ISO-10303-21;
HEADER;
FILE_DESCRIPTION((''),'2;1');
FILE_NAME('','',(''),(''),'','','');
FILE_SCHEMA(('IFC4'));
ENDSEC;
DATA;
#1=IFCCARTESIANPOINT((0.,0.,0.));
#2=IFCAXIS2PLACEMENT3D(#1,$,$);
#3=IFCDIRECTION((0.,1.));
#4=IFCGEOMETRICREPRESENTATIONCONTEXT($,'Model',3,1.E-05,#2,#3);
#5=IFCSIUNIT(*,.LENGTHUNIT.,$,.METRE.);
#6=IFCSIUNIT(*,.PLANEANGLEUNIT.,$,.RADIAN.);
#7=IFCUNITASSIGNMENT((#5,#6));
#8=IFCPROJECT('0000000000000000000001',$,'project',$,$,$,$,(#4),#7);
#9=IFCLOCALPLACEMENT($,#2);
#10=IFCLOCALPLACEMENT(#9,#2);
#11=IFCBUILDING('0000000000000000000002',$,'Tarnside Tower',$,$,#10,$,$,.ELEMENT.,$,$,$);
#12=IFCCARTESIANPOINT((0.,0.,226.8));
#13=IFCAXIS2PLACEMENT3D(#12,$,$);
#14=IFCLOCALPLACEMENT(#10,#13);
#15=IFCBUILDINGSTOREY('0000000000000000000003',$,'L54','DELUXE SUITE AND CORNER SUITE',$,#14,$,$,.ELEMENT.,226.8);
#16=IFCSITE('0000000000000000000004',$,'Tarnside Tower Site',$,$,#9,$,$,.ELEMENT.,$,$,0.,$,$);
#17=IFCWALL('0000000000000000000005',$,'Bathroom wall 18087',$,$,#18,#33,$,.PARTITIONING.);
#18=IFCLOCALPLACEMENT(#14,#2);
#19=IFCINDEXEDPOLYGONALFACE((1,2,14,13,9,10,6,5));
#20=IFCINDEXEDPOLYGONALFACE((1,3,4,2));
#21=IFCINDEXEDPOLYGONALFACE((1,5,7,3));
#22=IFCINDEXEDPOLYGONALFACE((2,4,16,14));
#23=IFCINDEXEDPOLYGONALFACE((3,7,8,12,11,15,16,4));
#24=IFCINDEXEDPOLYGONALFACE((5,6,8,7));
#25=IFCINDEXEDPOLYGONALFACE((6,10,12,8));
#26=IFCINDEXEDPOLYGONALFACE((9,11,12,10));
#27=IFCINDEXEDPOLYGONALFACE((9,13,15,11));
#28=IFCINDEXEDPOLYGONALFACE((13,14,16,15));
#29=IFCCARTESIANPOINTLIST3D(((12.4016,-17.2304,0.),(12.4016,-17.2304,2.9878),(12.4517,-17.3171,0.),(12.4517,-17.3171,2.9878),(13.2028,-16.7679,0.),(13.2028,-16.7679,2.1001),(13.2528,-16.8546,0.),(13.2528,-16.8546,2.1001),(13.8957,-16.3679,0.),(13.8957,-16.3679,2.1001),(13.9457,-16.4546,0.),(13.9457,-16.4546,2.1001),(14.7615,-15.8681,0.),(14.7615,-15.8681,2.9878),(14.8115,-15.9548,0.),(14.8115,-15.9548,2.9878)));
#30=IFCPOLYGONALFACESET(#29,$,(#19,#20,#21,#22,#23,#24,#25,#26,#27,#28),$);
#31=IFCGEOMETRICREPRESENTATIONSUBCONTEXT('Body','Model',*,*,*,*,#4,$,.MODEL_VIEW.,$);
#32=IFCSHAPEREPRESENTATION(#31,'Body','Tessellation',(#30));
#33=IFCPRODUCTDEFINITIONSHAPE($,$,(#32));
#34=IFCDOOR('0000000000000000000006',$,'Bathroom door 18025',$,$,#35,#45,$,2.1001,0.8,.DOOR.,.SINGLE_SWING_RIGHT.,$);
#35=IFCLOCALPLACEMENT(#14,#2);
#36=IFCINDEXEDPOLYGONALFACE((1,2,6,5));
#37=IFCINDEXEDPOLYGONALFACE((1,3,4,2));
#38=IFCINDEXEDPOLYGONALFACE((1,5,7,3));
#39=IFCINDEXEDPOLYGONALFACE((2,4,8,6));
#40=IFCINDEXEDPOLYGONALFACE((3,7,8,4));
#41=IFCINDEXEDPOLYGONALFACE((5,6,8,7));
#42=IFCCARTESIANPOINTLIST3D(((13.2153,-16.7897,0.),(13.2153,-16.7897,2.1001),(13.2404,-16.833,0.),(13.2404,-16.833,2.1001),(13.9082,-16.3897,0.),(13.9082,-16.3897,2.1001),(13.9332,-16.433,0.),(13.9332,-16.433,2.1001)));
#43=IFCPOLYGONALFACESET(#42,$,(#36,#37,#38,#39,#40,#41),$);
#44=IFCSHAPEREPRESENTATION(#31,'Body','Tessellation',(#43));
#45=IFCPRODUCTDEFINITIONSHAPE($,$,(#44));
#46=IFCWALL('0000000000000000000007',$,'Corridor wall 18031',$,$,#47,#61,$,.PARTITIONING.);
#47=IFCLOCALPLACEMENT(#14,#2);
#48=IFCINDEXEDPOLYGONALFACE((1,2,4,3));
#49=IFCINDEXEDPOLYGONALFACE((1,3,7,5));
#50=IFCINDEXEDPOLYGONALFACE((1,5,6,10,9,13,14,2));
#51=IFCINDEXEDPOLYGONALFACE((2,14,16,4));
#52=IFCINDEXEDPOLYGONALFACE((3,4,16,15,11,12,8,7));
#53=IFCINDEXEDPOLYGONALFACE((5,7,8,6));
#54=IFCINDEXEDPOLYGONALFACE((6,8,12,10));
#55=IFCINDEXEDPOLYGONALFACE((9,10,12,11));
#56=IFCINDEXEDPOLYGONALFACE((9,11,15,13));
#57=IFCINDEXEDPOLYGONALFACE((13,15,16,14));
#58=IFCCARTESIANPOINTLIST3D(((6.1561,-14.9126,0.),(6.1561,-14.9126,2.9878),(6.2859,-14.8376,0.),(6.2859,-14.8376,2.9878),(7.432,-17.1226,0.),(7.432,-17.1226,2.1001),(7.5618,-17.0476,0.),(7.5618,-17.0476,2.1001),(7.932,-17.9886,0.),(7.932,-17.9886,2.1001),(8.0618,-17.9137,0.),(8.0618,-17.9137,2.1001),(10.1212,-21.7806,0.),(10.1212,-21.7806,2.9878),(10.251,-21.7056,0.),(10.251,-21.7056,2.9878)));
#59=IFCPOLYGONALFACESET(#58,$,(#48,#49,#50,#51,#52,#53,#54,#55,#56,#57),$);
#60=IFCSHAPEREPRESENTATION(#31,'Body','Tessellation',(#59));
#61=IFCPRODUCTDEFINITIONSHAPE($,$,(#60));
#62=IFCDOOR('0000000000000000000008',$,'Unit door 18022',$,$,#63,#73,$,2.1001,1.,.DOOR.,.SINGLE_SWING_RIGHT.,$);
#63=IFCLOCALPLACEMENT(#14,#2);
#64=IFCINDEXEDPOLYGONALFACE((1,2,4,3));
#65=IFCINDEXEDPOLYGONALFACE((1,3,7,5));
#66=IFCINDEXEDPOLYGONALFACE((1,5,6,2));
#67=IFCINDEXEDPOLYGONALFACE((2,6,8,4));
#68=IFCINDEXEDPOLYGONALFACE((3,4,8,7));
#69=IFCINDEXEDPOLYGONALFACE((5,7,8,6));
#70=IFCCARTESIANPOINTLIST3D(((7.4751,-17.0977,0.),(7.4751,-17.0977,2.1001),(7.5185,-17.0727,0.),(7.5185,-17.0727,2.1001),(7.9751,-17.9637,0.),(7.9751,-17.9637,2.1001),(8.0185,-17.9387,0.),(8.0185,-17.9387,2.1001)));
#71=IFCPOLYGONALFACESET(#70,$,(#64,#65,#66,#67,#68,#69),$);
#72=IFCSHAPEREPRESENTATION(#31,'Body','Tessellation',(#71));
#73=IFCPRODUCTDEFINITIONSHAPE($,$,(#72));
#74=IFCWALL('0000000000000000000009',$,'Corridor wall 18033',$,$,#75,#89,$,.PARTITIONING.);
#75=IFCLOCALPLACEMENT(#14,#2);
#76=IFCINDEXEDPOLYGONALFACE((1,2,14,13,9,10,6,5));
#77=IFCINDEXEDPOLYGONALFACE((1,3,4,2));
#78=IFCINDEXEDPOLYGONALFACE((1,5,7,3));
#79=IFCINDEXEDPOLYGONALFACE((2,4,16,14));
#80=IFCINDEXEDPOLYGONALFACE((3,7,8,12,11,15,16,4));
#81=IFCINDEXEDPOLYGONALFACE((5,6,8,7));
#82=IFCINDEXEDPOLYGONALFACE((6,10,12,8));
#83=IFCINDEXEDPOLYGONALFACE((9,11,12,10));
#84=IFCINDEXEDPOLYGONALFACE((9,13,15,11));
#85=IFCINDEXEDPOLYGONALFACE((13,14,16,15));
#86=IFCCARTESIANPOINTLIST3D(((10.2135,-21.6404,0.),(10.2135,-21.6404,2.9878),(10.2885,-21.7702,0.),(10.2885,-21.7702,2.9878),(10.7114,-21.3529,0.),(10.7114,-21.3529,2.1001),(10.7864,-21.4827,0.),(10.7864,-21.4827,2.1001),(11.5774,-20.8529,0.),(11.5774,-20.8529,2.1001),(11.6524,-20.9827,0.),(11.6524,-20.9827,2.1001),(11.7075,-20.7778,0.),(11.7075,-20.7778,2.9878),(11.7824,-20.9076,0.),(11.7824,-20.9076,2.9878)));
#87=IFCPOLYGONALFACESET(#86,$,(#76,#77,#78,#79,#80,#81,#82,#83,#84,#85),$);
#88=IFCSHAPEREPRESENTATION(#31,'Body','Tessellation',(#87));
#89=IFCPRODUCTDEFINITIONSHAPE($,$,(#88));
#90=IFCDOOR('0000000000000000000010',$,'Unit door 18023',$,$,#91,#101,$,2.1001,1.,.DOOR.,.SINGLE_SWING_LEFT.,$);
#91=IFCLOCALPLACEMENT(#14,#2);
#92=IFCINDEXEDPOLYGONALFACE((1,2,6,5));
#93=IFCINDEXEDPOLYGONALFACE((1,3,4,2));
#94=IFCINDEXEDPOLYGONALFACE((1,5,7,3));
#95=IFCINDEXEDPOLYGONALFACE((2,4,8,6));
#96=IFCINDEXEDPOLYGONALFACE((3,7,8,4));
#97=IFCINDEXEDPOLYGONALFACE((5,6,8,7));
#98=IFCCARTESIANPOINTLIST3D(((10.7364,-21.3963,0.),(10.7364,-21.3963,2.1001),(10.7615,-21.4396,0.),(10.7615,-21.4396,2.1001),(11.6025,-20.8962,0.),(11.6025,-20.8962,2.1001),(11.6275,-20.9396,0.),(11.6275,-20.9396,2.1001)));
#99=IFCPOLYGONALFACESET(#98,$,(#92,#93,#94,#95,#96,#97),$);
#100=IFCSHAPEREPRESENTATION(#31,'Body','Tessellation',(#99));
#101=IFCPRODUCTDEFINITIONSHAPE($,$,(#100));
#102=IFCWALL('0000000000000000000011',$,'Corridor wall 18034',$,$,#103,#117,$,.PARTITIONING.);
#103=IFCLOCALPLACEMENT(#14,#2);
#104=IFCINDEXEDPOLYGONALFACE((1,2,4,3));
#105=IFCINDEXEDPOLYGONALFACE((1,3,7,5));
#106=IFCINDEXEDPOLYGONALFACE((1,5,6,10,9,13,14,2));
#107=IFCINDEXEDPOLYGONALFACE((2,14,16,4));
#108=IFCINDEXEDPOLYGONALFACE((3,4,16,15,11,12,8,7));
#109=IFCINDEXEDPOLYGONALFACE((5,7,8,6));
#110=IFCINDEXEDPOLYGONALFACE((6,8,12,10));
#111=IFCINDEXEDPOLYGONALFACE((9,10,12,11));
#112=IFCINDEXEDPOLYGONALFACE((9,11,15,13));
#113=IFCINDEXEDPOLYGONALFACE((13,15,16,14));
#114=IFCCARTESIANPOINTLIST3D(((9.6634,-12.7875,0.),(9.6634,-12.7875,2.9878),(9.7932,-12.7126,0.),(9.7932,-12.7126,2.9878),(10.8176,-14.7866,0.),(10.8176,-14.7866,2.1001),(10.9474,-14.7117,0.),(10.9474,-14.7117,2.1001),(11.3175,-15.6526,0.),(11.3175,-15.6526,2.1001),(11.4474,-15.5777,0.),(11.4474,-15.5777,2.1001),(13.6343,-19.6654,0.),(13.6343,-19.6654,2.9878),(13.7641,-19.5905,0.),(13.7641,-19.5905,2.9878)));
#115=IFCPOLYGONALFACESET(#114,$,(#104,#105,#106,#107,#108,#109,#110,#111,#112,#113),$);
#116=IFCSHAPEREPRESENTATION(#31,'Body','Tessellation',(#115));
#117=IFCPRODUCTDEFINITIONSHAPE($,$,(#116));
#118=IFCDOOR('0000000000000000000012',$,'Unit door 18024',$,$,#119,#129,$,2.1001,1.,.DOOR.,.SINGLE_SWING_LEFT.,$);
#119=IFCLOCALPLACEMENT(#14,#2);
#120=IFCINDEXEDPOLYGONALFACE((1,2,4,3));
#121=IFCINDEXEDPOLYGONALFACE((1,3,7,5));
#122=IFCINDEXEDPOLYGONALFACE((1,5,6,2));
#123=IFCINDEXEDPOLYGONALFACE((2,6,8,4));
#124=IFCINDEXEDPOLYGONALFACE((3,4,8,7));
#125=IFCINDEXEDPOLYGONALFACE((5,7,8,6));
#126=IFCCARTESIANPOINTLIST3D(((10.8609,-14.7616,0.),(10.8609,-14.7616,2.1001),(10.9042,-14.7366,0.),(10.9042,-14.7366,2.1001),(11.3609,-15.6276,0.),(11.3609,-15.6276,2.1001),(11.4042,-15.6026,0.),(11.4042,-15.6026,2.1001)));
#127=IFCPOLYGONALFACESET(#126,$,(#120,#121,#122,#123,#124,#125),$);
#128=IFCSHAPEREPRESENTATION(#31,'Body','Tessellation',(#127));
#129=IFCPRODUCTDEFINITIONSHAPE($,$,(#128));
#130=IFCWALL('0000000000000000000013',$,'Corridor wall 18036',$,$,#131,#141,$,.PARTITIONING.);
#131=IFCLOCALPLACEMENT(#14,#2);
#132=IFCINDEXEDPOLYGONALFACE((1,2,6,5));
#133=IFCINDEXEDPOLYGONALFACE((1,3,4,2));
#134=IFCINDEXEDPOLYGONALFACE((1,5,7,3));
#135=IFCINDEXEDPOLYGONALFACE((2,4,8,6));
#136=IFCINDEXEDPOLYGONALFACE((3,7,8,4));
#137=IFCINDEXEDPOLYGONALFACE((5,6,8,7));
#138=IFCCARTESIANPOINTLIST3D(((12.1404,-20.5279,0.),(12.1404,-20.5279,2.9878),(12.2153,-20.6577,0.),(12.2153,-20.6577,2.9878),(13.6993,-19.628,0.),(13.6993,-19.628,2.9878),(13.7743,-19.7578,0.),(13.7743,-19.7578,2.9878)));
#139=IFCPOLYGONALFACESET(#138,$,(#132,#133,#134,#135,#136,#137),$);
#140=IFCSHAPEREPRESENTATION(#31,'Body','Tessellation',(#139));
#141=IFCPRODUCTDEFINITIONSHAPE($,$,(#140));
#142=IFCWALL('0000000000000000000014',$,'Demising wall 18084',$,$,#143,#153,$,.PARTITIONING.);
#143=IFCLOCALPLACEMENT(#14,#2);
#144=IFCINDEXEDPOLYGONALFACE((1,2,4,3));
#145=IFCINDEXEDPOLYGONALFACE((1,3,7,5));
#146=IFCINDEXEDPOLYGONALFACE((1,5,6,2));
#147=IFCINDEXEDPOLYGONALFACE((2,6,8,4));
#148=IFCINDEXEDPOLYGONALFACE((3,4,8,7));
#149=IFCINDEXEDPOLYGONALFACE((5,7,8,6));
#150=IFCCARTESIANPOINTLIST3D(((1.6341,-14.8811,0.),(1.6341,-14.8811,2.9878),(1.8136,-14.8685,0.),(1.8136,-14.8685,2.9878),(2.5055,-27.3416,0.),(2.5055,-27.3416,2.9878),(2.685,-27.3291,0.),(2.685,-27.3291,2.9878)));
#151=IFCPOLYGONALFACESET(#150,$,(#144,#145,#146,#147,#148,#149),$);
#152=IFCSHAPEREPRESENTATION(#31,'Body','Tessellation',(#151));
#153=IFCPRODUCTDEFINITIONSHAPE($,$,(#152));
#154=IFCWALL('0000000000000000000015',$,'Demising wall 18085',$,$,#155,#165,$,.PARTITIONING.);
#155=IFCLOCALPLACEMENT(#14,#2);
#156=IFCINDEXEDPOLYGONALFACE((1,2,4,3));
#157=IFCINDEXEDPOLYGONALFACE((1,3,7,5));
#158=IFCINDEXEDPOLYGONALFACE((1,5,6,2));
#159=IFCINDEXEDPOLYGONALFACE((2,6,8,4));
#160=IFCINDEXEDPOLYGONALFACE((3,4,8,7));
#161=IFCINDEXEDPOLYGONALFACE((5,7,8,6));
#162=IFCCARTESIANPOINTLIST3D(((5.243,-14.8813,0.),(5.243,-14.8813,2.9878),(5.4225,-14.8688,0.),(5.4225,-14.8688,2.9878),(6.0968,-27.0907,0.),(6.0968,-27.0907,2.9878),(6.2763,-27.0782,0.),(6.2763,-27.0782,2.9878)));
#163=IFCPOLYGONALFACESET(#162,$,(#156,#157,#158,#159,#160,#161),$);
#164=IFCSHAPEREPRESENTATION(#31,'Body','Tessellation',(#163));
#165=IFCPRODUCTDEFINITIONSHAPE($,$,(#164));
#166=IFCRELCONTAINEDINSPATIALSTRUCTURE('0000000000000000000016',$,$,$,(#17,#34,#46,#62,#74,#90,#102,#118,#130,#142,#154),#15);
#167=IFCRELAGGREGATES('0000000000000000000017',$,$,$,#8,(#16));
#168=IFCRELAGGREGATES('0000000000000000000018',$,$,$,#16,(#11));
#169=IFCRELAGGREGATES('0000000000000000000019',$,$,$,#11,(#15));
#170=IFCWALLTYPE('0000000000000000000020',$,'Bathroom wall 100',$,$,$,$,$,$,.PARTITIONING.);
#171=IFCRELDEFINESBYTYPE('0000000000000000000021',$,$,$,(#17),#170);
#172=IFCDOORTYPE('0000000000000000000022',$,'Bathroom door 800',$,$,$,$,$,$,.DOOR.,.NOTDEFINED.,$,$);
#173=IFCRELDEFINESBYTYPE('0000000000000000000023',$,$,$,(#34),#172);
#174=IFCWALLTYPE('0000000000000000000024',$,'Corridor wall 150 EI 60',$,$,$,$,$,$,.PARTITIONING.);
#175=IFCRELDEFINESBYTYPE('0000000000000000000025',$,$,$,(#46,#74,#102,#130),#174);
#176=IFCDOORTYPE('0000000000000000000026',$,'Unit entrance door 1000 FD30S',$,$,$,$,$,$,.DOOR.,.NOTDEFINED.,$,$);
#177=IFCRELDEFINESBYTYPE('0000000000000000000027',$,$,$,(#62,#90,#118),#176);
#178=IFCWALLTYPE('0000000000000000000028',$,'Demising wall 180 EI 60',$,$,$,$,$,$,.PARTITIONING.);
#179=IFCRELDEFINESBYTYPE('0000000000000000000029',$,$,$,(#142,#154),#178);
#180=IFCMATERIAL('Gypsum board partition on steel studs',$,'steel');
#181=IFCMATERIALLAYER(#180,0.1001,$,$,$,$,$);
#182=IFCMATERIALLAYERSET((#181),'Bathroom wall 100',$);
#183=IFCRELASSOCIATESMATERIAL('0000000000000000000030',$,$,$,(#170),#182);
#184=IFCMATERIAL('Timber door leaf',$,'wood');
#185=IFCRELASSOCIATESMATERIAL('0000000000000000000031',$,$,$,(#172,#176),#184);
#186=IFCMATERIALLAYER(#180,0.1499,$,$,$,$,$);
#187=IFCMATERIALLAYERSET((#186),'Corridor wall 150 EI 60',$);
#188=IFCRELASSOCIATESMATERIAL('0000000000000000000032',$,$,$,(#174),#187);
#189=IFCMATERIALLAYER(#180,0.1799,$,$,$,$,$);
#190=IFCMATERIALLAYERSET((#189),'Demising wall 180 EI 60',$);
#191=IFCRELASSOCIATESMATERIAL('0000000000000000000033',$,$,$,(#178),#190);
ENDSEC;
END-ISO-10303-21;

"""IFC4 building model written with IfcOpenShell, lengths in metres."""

from ifc_helpers import new_model, si_unit, direction, frame, frame_2d, origin, place, context, subcontext, project, spatial, rectangle, extrude, material, layer, layer_set, type_object, element, fill, save


model = new_model("IFC4")

# Units and contexts
model_context = context("Model", 3, precision=1e-05, world=origin(), true_north=direction((0.0, 1.0)))
body_context = subcontext(model_context, "Body", "Model", "MODEL_VIEW")
ifc_project = project(units=[si_unit("LENGTHUNIT", "METRE"), si_unit("PLANEANGLEUNIT", "RADIAN")], contexts=[model_context])

# Site, building, storey
site_placement = place(None, origin())
site = spatial("IfcSite", under=ifc_project, at=site_placement, Name="Tarnside Tower Site", CompositionType="ELEMENT", RefElevation=0.0)
building_placement = place(site_placement, origin())
building = spatial("IfcBuilding", under=site, at=building_placement, Name="Tarnside Tower", CompositionType="ELEMENT")
storey_placement = place(building_placement, frame((0.0, 0.0, 226.8)))
storey = spatial("IfcBuildingStorey", under=building, at=storey_placement, Name="L54", Description="DELUXE SUITE AND CORNER SUITE", CompositionType="ELEMENT", Elevation=226.8)

# Walls, openings, doors
ifc_material_1 = material(Name="Gypsum board partition on steel studs", Category="steel")
ifc_layer_1 = layer(ifc_material_1, 0.1001)
ifc_layer_set_1 = layer_set([ifc_layer_1], Name="Bathroom wall 100")
wall_type_1 = type_object("IfcWallType", Name="Bathroom wall 100", PredefinedType="PARTITIONING", material=ifc_layer_set_1)
wall_1_placement = place(storey_placement, frame((12.4268, -17.2737, 0.0), z_axis=(0.0, 0.0, 1.0), x_axis=(0.866051, 0.499955, 0.0)))
wall_1 = element("IfcWall", 1, at=wall_1_placement, inside=storey, type_object=wall_type_1, Name="Bathroom wall 18087", PredefinedType="PARTITIONING", context=body_context, shape_type="SweptSolid", body=[
    extrude(rectangle(XDim=2.7249, YDim=0.1001, at=frame_2d((1.3623, 0.0))), origin(), (0.0, 0.0, 1.0), 2.9878),
])
opening_1_placement = place(wall_1_placement, frame((0.925, 0.0, 0.0)))
opening_1 = element("IfcOpeningElement", 2, at=opening_1_placement, cuts=wall_1, PredefinedType="OPENING", context=body_context, shape_type="SweptSolid", body=[
    extrude(rectangle(XDim=0.8, YDim=2.1001, at=frame_2d((0.3999, 1.05))), frame((0.0, 0.0601, 0.0), z_axis=(0.0, -1.0, 0.0), x_axis=(1.0, 0.0, 0.0)), (0.0, 0.0, 1.0), 0.1201),
])
ifc_material_2 = material(Name="Timber door leaf", Category="wood")
door_type_1 = type_object("IfcDoorType", Name="Bathroom door 800", OperationType="NOTDEFINED", PredefinedType="DOOR", material=ifc_material_2)
door_1_placement = place(opening_1_placement, origin())
door_1 = element("IfcDoor", 3, at=door_1_placement, inside=storey, type_object=door_type_1, Name="Bathroom door 18025", OperationType="SINGLE_SWING_RIGHT", OverallHeight=2.1001, OverallWidth=0.8, PredefinedType="DOOR", context=body_context, shape_type="SweptSolid", body=[
    extrude(rectangle(XDim=0.8, YDim=2.1001, at=frame_2d((0.3999, 1.05))), frame((0.0, 0.0249, 0.0), z_axis=(0.0, -1.0, 0.0), x_axis=(1.0, 0.0, 0.0)), (0.0, 0.0, 1.0), 0.05),
])
fill(opening_1, door_1)
ifc_layer_2 = layer(ifc_material_1, 0.1499)
ifc_layer_set_2 = layer_set([ifc_layer_2], Name="Corridor wall 150 EI 60")
wall_type_2 = type_object("IfcWallType", Name="Corridor wall 150 EI 60", PredefinedType="PARTITIONING", material=ifc_layer_set_2)
wall_2_placement = place(storey_placement, frame((6.2209, -14.875, 0.0), z_axis=(0.0, 0.0, 1.0), x_axis=(0.49999, -0.866031, 0.0)))
wall_2 = element("IfcWall", 4, at=wall_2_placement, inside=storey, type_object=wall_type_2, Name="Corridor wall 18031", PredefinedType="PARTITIONING", context=body_context, shape_type="SweptSolid", body=[
    extrude(rectangle(XDim=7.9304, YDim=0.1499, at=frame_2d((3.9653, 0.0))), origin(), (0.0, 0.0, 1.0), 2.9878),
])
opening_2_placement = place(wall_2_placement, frame((2.552, 0.0, 0.0)))
opening_2 = element("IfcOpeningElement", 5, at=opening_2_placement, cuts=wall_2, PredefinedType="OPENING", context=body_context, shape_type="SweptSolid", body=[
    extrude(rectangle(XDim=1.0, YDim=2.1001, at=frame_2d((0.5, 1.05))), frame((0.0, 0.085, 0.0), z_axis=(0.0, -1.0, 0.0), x_axis=(1.0, 0.0, 0.0)), (0.0, 0.0, 1.0), 0.1699),
])
door_type_2 = type_object("IfcDoorType", Name="Unit entrance door 1000 FD30S", OperationType="NOTDEFINED", PredefinedType="DOOR", material=ifc_material_2)
door_2_placement = place(opening_2_placement, origin())
door_2 = element("IfcDoor", 6, at=door_2_placement, inside=storey, type_object=door_type_2, Name="Unit door 18022", OperationType="SINGLE_SWING_RIGHT", OverallHeight=2.1001, OverallWidth=1.0, PredefinedType="DOOR", context=body_context, shape_type="SweptSolid", body=[
    extrude(rectangle(XDim=1.0, YDim=2.1001, at=frame_2d((0.5, 1.05))), frame((0.0, 0.0249, 0.0), z_axis=(0.0, -1.0, 0.0), x_axis=(1.0, 0.0, 0.0)), (0.0, 0.0, 1.0), 0.05),
])
fill(opening_2, door_2)
wall_3_placement = place(storey_placement, frame((10.251, -21.7053, 0.0), z_axis=(0.0, 0.0, 1.0), x_axis=(0.866014, 0.500021, 0.0)))
wall_3 = element("IfcWall", 7, at=wall_3_placement, inside=storey, type_object=wall_type_2, Name="Corridor wall 18033", PredefinedType="PARTITIONING", context=body_context, shape_type="SweptSolid", body=[
    extrude(rectangle(XDim=1.7251, YDim=0.1499, at=frame_2d((0.8625, 0.0))), origin(), (0.0, 0.0, 1.0), 2.9878),
])
opening_3_placement = place(wall_3_placement, frame((0.575, 0.0, 0.0)))
opening_3 = element("IfcOpeningElement", 8, at=opening_3_placement, cuts=wall_3, PredefinedType="OPENING", context=body_context, shape_type="SweptSolid", body=[
    extrude(rectangle(XDim=1.0, YDim=2.1001, at=frame_2d((0.5, 1.05))), frame((0.0, 0.085, 0.0), z_axis=(0.0, -1.0, 0.0), x_axis=(1.0, 0.0, 0.0)), (0.0, 0.0, 1.0), 0.1699),
])
door_3_placement = place(opening_3_placement, origin())
door_3 = element("IfcDoor", 9, at=door_3_placement, inside=storey, type_object=door_type_2, Name="Unit door 18023", OperationType="SINGLE_SWING_LEFT", OverallHeight=2.1001, OverallWidth=1.0, PredefinedType="DOOR", context=body_context, shape_type="SweptSolid", body=[
    extrude(rectangle(XDim=1.0, YDim=2.1001, at=frame_2d((0.5, 1.05))), frame((0.0, 0.0249, 0.0), z_axis=(0.0, -1.0, 0.0), x_axis=(1.0, 0.0, 0.0)), (0.0, 0.0, 1.0), 0.05),
])
fill(opening_3, door_3)
wall_4_placement = place(storey_placement, frame((13.6992, -19.6279, 0.0), z_axis=(0.0, 0.0, 1.0), x_axis=(-0.499997, 0.866027, 0.0)))
wall_4 = element("IfcWall", 10, at=wall_4_placement, inside=storey, type_object=wall_type_2, Name="Corridor wall 18034", PredefinedType="PARTITIONING", context=body_context, shape_type="SweptSolid", body=[
    extrude(rectangle(XDim=7.9419, YDim=0.1499, at=frame_2d((3.9709, 0.0))), origin(), (0.0, 0.0, 1.0), 2.9878),
])
opening_4_placement = place(wall_4_placement, frame((4.6335, 0.0, 0.0)))
opening_4 = element("IfcOpeningElement", 11, at=opening_4_placement, cuts=wall_4, PredefinedType="OPENING", context=body_context, shape_type="SweptSolid", body=[
    extrude(rectangle(XDim=1.0, YDim=2.1001, at=frame_2d((0.5, 1.05))), frame((0.0, 0.085, 0.0), z_axis=(0.0, -1.0, 0.0), x_axis=(1.0, 0.0, 0.0)), (0.0, 0.0, 1.0), 0.1699),
])
door_4_placement = place(opening_4_placement, origin())
door_4 = element("IfcDoor", 12, at=door_4_placement, inside=storey, type_object=door_type_2, Name="Unit door 18024", OperationType="SINGLE_SWING_LEFT", OverallHeight=2.1001, OverallWidth=1.0, PredefinedType="DOOR", context=body_context, shape_type="SweptSolid", body=[
    extrude(rectangle(XDim=1.0, YDim=2.1001, at=frame_2d((0.5, 1.05))), frame((0.0, 0.0249, 0.0), z_axis=(0.0, -1.0, 0.0), x_axis=(1.0, 0.0, 0.0)), (0.0, 0.0, 1.0), 0.05),
])
fill(opening_4, door_4)

# Walls
wall_5_placement = place(storey_placement, frame((12.178, -20.5928, 0.0), z_axis=(0.0, 0.0, 1.0), x_axis=(0.866048, 0.499961, 0.0)))
element("IfcWall", 13, at=wall_5_placement, inside=storey, type_object=wall_type_2, Name="Corridor wall 18036", PredefinedType="PARTITIONING", context=body_context, shape_type="SweptSolid", body=[
    extrude(rectangle(XDim=1.8, YDim=0.1499, at=frame_2d((0.8999, 0.0))), origin(), (0.0, 0.0, 1.0), 2.9878),
])
ifc_layer_3 = layer(ifc_material_1, 0.1799)
ifc_layer_set_3 = layer_set([ifc_layer_3], Name="Demising wall 180 EI 60")
wall_type_3 = type_object("IfcWallType", Name="Demising wall 180 EI 60", PredefinedType="PARTITIONING", material=ifc_layer_set_3)
wall_6_placement = place(storey_placement, frame((2.5952, -27.3354, 0.0), z_axis=(0.0, 0.0, 1.0), x_axis=(-0.069758, 0.997564, 0.0)))
element("IfcWall", 14, at=wall_6_placement, inside=storey, type_object=wall_type_3, Name="Demising wall 18084", PredefinedType="PARTITIONING", context=body_context, shape_type="SweptSolid", body=[
    extrude(rectangle(XDim=12.491, YDim=0.1799, at=frame_2d((6.2456, 0.0))), origin(), (0.0, 0.0, 1.0), 2.9878),
])
wall_7_placement = place(storey_placement, frame((6.1865, -27.0845, 0.0), z_axis=(0.0, 0.0, 1.0), x_axis=(-0.069756, 0.997564, 0.0)))
element("IfcWall", 15, at=wall_7_placement, inside=storey, type_object=wall_type_3, Name="Demising wall 18085", PredefinedType="PARTITIONING", context=body_context, shape_type="SweptSolid", body=[
    extrude(rectangle(XDim=12.2393, YDim=0.1799, at=frame_2d((6.1196, 0.0))), origin(), (0.0, 0.0, 1.0), 2.9878),
])

save(model, "model.ifc")
